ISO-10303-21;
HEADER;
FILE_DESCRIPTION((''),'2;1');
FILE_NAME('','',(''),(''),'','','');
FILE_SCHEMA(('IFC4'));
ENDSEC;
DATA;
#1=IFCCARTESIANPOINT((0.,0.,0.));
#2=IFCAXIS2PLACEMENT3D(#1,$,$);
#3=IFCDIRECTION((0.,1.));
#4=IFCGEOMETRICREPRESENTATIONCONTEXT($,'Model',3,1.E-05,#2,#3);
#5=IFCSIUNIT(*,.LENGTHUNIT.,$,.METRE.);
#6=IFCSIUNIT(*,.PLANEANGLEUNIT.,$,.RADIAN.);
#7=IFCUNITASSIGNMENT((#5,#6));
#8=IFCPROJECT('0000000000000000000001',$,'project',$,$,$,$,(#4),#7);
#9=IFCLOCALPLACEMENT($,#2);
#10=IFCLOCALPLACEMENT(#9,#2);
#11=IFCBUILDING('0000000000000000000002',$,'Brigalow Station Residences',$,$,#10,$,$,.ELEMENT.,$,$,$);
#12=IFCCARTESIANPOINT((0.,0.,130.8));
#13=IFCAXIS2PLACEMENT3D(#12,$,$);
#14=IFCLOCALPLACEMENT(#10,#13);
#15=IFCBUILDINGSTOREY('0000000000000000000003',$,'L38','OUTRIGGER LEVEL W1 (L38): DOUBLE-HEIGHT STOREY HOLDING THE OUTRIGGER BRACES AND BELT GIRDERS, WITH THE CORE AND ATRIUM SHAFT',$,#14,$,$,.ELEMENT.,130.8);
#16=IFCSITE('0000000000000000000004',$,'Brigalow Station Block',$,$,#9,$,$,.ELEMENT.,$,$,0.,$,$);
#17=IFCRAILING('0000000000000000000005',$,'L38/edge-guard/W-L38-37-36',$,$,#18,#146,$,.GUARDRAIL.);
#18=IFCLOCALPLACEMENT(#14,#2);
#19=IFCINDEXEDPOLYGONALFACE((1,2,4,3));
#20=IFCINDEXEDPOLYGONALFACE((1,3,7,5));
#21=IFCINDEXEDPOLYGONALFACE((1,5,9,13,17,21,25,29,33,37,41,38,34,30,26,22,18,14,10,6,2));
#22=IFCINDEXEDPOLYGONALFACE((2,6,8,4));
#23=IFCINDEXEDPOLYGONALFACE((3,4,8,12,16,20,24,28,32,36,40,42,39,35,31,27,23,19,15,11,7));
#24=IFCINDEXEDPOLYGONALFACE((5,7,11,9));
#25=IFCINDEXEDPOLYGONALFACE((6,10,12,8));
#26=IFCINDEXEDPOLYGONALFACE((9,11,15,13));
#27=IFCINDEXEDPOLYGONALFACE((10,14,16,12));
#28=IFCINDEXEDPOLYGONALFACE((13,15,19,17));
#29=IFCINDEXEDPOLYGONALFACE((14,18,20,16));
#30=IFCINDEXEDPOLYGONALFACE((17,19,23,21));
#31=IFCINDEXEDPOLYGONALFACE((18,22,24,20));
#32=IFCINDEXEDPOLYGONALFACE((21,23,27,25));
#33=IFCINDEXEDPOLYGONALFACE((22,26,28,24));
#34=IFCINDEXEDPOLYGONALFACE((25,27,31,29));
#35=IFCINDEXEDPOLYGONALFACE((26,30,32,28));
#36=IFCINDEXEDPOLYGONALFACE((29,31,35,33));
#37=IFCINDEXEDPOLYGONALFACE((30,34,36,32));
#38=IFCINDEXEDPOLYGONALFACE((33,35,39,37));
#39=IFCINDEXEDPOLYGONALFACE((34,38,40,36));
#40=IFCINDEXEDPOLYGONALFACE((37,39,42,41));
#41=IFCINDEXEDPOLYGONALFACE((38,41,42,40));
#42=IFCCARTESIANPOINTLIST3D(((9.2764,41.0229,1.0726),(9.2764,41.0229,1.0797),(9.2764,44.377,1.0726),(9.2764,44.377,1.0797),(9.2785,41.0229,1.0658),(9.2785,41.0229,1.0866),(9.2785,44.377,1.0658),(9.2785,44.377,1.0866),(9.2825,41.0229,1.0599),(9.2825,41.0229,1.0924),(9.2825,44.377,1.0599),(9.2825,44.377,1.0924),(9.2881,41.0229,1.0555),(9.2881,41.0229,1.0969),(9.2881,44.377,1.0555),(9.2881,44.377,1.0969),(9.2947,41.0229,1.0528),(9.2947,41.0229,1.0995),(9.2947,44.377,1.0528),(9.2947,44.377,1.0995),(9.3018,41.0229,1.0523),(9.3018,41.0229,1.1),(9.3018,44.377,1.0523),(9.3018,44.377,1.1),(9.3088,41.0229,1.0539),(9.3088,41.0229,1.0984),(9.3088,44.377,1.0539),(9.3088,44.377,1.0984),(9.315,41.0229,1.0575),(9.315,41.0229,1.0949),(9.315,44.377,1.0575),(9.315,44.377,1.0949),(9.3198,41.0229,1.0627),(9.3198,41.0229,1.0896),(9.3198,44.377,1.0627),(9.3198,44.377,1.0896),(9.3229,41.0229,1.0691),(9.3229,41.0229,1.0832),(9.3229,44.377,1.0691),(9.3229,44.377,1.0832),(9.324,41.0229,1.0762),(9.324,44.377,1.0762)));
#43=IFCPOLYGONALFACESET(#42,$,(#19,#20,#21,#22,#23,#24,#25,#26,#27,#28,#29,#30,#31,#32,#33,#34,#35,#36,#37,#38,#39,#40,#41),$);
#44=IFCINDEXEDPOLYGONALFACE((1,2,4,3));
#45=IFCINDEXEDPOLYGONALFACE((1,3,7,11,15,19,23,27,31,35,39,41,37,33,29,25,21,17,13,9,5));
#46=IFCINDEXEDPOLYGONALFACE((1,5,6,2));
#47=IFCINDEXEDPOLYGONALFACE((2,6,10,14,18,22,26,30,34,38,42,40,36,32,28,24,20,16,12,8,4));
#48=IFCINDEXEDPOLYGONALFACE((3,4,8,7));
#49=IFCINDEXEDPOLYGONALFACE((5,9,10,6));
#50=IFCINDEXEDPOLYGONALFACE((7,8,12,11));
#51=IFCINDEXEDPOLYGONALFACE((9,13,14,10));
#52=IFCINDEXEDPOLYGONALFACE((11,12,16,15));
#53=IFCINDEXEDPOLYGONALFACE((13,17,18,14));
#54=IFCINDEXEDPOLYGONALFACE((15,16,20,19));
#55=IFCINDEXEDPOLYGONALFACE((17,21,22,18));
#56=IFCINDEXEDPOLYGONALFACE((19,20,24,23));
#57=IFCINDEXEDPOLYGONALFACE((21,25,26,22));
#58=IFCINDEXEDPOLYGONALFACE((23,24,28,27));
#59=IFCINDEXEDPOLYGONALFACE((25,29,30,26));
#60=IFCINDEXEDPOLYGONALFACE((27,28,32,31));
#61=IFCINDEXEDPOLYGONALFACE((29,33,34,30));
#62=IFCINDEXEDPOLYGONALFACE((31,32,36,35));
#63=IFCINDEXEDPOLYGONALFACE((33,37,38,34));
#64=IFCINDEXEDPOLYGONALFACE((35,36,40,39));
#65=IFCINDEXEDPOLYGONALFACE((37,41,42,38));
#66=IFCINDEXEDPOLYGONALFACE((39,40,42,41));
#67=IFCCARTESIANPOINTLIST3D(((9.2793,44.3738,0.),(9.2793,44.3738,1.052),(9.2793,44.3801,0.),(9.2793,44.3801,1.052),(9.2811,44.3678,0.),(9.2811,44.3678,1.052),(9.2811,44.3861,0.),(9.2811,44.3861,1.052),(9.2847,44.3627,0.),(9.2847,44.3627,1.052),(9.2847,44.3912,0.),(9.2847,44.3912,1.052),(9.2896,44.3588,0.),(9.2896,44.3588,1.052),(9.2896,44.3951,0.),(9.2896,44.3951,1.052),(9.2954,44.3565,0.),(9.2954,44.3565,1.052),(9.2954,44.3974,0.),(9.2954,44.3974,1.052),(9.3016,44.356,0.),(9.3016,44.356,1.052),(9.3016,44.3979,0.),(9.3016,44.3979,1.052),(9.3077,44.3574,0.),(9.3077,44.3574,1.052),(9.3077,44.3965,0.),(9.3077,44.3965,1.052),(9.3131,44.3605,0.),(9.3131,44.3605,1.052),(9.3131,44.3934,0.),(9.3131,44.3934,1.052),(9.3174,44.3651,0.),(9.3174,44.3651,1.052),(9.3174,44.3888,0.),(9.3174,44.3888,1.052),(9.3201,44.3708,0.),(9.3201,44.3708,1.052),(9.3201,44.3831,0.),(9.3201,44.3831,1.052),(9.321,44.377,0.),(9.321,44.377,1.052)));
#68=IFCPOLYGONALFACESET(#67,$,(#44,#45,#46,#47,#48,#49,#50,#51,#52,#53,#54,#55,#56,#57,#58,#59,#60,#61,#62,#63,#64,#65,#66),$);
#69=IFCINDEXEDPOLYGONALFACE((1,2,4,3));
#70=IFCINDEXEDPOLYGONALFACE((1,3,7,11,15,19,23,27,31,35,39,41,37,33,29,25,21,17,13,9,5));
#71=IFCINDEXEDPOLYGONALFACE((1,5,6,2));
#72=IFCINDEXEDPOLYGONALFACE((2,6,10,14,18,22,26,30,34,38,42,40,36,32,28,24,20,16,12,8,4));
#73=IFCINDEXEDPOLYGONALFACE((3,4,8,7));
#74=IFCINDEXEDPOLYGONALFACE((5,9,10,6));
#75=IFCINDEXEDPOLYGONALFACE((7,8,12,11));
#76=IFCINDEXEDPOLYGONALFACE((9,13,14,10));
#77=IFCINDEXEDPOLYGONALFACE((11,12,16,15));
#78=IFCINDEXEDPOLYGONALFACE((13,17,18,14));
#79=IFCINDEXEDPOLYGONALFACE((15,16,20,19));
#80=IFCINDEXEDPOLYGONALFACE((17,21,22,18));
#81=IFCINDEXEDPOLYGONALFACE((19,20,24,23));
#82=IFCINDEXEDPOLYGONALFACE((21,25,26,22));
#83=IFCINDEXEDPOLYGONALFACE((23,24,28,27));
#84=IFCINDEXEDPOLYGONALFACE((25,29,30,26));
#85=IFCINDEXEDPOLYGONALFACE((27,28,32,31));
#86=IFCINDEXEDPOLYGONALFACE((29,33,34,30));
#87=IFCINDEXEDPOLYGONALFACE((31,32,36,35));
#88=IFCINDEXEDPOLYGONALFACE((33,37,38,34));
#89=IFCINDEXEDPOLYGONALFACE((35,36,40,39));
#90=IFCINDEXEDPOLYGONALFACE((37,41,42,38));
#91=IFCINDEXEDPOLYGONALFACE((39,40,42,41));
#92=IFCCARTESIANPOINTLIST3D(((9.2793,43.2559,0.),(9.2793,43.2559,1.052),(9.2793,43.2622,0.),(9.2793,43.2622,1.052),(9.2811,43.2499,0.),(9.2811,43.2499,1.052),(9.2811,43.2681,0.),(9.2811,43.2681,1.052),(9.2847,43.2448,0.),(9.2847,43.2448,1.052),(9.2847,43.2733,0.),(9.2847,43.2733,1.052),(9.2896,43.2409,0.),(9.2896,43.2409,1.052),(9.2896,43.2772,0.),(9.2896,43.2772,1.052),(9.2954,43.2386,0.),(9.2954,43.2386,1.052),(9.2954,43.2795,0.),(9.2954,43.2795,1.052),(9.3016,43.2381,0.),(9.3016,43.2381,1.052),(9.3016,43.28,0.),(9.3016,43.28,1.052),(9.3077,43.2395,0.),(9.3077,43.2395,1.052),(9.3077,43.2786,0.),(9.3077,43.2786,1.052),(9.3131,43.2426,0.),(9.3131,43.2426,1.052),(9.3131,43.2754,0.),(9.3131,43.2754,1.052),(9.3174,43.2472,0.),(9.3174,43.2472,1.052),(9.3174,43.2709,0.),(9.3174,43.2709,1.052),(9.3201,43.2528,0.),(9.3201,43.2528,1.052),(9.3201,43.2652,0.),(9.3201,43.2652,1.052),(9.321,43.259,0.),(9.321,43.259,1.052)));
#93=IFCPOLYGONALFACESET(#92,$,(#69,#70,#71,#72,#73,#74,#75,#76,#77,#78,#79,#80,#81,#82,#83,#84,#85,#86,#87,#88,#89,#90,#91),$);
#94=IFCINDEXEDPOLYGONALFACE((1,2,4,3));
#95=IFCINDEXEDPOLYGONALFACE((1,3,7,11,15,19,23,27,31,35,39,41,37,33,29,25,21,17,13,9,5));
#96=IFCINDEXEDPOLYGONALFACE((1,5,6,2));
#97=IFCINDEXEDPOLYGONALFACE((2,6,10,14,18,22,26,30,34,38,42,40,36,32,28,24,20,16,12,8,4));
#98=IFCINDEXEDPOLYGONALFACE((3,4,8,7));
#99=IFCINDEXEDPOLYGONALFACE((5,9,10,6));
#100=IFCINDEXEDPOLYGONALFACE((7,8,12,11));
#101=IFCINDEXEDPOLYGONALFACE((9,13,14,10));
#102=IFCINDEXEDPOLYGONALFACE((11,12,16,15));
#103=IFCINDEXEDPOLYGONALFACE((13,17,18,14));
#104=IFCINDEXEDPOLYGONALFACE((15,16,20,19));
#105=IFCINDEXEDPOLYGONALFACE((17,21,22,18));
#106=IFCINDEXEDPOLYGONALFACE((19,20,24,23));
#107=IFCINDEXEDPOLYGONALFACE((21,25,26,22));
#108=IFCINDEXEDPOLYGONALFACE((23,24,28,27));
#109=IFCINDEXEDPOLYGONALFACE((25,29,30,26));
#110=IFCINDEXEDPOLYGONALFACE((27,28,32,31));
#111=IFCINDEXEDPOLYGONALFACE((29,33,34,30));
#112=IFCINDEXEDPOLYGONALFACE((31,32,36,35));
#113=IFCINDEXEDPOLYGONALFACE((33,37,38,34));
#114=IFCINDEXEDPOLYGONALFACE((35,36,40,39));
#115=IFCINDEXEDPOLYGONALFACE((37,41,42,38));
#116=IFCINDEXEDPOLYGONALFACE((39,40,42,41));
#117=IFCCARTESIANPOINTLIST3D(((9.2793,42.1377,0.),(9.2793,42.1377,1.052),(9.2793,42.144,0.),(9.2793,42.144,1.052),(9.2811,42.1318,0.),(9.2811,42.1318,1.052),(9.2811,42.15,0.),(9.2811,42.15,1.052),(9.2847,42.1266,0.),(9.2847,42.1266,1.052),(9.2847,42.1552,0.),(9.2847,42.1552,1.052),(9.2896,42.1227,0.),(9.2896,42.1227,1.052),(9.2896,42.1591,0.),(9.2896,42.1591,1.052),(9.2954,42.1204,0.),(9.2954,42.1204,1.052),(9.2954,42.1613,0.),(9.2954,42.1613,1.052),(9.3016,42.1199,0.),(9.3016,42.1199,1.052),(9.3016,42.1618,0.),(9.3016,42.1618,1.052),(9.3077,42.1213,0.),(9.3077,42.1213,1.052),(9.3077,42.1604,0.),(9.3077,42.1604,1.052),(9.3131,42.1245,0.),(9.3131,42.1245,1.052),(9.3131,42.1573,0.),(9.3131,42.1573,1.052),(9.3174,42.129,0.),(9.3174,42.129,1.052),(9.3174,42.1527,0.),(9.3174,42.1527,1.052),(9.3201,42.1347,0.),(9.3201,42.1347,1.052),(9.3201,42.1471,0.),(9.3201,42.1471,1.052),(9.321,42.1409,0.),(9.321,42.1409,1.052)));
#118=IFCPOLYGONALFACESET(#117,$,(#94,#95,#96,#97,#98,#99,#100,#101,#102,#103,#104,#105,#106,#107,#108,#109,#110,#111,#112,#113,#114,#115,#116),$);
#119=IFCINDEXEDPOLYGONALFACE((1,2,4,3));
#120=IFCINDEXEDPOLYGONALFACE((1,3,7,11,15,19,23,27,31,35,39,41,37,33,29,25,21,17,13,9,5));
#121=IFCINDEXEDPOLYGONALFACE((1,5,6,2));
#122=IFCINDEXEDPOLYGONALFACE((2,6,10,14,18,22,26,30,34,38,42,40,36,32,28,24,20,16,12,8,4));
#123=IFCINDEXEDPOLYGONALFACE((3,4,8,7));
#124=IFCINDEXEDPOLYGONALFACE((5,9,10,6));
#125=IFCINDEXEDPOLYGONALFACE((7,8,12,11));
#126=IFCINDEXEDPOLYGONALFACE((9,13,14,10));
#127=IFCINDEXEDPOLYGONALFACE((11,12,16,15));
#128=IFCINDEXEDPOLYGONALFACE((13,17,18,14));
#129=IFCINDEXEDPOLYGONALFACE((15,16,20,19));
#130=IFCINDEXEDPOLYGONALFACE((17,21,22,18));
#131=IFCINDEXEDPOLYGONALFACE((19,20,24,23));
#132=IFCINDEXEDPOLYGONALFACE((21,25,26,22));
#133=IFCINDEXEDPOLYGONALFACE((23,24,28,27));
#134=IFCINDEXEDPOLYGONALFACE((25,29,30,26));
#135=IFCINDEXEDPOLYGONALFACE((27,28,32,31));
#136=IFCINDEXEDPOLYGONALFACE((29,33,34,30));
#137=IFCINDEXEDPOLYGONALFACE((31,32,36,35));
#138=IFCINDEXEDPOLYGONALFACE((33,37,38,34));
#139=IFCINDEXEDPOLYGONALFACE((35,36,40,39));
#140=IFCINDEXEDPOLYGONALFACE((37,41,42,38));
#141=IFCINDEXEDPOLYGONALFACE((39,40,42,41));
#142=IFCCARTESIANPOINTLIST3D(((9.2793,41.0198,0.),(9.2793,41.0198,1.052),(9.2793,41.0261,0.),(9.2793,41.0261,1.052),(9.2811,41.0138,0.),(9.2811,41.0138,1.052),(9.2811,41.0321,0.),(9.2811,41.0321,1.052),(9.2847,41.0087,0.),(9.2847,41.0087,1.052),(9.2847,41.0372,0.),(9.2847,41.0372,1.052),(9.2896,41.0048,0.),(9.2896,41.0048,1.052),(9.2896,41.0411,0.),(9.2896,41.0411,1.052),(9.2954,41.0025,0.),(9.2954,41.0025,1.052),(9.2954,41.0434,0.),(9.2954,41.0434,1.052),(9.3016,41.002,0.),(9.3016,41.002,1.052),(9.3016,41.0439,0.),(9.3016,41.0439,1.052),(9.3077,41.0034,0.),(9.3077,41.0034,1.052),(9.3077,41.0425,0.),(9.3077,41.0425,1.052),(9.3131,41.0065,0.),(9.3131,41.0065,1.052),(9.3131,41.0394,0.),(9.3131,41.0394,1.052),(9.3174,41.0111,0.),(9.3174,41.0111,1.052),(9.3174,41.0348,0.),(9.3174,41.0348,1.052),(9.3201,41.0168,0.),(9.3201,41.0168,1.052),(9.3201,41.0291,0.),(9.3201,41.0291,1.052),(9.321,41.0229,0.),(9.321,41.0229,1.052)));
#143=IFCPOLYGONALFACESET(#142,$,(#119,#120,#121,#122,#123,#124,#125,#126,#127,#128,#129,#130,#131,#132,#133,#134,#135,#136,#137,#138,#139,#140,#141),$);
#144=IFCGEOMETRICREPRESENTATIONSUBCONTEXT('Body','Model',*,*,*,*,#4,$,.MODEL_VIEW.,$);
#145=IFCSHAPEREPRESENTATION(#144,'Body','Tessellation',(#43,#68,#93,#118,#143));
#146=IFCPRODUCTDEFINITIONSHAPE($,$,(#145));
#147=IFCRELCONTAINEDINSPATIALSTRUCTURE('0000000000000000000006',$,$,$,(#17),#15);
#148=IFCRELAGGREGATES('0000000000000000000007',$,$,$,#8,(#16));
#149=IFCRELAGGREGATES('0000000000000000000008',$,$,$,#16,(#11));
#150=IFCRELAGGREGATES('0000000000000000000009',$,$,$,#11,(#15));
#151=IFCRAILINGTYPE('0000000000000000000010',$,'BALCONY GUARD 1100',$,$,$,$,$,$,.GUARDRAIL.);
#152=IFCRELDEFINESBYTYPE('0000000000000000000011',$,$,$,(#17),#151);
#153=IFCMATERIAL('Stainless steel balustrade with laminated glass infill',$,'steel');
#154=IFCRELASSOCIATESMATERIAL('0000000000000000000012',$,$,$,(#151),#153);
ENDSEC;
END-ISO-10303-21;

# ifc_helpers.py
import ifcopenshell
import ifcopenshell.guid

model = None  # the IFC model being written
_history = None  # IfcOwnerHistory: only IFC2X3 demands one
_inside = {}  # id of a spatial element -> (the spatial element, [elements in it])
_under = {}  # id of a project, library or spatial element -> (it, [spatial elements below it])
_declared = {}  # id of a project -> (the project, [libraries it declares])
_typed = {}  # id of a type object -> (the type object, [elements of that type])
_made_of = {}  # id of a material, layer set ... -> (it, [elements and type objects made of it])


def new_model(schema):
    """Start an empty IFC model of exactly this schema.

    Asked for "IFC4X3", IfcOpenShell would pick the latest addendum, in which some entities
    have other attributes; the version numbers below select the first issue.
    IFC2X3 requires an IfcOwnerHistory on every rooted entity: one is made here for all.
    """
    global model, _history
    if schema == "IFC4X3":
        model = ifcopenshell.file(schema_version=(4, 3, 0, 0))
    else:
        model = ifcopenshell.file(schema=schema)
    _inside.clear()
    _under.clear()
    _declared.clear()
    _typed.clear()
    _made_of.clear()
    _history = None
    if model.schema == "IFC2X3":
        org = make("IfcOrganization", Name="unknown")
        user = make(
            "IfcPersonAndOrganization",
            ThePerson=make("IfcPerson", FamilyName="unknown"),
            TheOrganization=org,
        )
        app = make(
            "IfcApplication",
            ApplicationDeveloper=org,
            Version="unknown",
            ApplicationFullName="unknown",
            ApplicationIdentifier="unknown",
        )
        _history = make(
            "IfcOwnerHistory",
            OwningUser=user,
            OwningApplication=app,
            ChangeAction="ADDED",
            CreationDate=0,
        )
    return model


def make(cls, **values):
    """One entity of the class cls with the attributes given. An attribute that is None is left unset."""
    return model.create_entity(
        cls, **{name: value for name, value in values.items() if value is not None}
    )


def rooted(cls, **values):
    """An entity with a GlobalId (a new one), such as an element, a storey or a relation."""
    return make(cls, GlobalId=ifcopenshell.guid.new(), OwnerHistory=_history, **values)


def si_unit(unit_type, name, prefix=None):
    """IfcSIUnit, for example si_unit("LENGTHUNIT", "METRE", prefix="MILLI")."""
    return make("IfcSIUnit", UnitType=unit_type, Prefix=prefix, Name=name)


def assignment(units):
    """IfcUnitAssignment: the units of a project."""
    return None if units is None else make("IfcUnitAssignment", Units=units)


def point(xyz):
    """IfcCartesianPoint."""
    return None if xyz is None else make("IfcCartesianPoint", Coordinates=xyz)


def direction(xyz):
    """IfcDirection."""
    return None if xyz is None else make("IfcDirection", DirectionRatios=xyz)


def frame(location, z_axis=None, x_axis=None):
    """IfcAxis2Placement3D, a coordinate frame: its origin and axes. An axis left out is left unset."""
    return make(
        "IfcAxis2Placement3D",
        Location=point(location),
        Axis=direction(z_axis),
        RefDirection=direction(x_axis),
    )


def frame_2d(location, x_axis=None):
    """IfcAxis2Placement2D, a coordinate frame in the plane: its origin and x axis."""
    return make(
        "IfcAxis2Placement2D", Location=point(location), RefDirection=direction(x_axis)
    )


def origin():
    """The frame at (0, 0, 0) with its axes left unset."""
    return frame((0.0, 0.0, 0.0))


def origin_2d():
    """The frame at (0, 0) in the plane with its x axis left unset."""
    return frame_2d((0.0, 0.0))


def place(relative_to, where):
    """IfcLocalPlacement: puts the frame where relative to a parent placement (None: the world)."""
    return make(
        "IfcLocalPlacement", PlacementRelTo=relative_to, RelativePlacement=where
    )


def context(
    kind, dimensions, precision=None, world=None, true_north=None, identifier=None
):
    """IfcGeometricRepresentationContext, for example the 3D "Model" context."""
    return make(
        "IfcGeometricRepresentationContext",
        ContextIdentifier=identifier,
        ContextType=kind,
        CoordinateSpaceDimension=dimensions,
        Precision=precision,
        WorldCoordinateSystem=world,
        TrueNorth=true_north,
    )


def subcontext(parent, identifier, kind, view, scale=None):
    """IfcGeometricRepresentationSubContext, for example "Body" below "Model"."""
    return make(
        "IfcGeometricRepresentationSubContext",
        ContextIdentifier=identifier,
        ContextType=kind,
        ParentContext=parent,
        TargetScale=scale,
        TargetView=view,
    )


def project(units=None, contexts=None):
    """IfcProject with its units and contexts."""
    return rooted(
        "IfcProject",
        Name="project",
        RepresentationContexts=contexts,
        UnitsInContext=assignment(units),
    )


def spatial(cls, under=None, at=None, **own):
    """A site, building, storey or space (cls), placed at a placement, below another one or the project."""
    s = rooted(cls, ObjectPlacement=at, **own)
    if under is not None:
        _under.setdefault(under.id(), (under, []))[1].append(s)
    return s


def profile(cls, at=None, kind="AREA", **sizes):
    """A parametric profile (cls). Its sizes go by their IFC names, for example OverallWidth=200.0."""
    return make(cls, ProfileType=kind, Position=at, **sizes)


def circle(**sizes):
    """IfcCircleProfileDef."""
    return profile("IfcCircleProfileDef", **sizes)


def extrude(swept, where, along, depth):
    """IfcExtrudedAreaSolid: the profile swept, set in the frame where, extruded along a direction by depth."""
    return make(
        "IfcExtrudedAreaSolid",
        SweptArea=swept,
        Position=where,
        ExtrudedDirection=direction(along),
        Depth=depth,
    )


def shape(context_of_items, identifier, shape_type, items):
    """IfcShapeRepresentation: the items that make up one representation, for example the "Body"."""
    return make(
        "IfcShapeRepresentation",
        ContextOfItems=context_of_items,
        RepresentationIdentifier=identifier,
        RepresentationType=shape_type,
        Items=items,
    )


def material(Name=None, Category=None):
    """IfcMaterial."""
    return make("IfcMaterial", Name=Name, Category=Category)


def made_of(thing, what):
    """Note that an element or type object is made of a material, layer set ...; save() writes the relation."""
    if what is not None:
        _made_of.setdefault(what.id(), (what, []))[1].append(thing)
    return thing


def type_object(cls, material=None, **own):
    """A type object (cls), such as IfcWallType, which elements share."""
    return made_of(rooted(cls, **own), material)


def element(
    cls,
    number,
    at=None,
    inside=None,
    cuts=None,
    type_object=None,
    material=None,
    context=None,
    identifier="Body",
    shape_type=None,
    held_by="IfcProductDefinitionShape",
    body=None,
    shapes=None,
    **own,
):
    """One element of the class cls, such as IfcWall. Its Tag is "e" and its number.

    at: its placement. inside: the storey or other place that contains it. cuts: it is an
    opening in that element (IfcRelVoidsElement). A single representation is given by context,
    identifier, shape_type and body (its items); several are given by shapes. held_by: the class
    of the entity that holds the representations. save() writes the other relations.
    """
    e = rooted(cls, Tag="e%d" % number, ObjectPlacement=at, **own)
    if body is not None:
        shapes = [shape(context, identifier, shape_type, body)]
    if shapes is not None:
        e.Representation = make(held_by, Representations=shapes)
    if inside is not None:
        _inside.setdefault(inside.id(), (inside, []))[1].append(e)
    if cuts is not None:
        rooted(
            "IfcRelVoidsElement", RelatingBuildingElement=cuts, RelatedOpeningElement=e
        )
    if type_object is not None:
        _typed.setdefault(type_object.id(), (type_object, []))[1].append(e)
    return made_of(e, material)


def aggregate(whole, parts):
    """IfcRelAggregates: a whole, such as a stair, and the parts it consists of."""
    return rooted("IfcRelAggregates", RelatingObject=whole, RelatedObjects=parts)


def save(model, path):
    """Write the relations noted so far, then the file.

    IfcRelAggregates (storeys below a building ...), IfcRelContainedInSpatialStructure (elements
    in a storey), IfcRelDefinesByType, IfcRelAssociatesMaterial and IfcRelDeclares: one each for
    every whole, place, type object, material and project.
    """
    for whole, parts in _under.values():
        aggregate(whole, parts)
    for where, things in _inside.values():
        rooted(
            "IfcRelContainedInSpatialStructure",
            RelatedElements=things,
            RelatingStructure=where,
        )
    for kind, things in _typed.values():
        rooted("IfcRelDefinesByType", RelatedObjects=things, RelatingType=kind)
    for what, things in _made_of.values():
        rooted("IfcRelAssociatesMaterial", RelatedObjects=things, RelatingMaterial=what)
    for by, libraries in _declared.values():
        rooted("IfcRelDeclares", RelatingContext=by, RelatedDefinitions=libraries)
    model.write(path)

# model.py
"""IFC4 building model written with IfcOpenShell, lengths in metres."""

from ifc_helpers import new_model, si_unit, direction, frame, origin, origin_2d, place, context, subcontext, project, spatial, circle, extrude, material, type_object, element, save


model = new_model("IFC4")

# Units and contexts
model_context = context("Model", 3, precision=1e-05, world=origin(), true_north=direction((0.0, 1.0)))
body_context = subcontext(model_context, "Body", "Model", "MODEL_VIEW")
ifc_project = project(units=[si_unit("LENGTHUNIT", "METRE"), si_unit("PLANEANGLEUNIT", "RADIAN")], contexts=[model_context])

# Site, building, storey
site_placement = place(None, origin())
site = spatial("IfcSite", under=ifc_project, at=site_placement, Name="Brigalow Station Block", CompositionType="ELEMENT", RefElevation=0.0)
building_placement = place(site_placement, origin())
building = spatial("IfcBuilding", under=site, at=building_placement, Name="Brigalow Station Residences", CompositionType="ELEMENT")
storey_placement = place(building_placement, frame((0.0, 0.0, 130.8)))
storey = spatial("IfcBuildingStorey", under=building, at=storey_placement, Name="L38", Description="OUTRIGGER LEVEL W1 (L38): DOUBLE-HEIGHT STOREY HOLDING THE OUTRIGGER BRACES AND BELT GIRDERS, WITH THE CORE AND ATRIUM SHAFT", CompositionType="ELEMENT", Elevation=130.8)

# Railing
ifc_material_1 = material(Name="Stainless steel balustrade with laminated glass infill", Category="steel")
railing_type_1 = type_object("IfcRailingType", Name="BALCONY GUARD 1100", PredefinedType="GUARDRAIL", material=ifc_material_1)
railing_1_placement = place(storey_placement, frame((9.3, 44.377, 0.0)))
element("IfcRailing", 1, at=railing_1_placement, inside=storey, type_object=railing_type_1, Name="L38/edge-guard/W-L38-37-36", PredefinedType="GUARDRAIL", context=body_context, shape_type="SweptSolid", body=[
    extrude(circle(Radius=0.0239, at=origin_2d()), frame((0.0, 0.0, 1.0762), z_axis=(0.0, -1.0, 0.0), x_axis=(1.0, 0.0, 0.0)), (0.0, 0.0, 1.0), 3.354),
    extrude(circle(Radius=0.021, at=origin_2d()), origin(), (0.0, 0.0, 1.0), 1.052),
    extrude(circle(Radius=0.021, at=origin_2d()), frame((0.0, -1.1179, 0.0)), (0.0, 0.0, 1.0), 1.052),
    extrude(circle(Radius=0.021, at=origin_2d()), frame((0.0, -2.2361, 0.0)), (0.0, 0.0, 1.0), 1.052),
    extrude(circle(Radius=0.021, at=origin_2d()), frame((0.0, -3.354, 0.0)), (0.0, 0.0, 1.0), 1.052),
])

save(model, "model.ifc")
